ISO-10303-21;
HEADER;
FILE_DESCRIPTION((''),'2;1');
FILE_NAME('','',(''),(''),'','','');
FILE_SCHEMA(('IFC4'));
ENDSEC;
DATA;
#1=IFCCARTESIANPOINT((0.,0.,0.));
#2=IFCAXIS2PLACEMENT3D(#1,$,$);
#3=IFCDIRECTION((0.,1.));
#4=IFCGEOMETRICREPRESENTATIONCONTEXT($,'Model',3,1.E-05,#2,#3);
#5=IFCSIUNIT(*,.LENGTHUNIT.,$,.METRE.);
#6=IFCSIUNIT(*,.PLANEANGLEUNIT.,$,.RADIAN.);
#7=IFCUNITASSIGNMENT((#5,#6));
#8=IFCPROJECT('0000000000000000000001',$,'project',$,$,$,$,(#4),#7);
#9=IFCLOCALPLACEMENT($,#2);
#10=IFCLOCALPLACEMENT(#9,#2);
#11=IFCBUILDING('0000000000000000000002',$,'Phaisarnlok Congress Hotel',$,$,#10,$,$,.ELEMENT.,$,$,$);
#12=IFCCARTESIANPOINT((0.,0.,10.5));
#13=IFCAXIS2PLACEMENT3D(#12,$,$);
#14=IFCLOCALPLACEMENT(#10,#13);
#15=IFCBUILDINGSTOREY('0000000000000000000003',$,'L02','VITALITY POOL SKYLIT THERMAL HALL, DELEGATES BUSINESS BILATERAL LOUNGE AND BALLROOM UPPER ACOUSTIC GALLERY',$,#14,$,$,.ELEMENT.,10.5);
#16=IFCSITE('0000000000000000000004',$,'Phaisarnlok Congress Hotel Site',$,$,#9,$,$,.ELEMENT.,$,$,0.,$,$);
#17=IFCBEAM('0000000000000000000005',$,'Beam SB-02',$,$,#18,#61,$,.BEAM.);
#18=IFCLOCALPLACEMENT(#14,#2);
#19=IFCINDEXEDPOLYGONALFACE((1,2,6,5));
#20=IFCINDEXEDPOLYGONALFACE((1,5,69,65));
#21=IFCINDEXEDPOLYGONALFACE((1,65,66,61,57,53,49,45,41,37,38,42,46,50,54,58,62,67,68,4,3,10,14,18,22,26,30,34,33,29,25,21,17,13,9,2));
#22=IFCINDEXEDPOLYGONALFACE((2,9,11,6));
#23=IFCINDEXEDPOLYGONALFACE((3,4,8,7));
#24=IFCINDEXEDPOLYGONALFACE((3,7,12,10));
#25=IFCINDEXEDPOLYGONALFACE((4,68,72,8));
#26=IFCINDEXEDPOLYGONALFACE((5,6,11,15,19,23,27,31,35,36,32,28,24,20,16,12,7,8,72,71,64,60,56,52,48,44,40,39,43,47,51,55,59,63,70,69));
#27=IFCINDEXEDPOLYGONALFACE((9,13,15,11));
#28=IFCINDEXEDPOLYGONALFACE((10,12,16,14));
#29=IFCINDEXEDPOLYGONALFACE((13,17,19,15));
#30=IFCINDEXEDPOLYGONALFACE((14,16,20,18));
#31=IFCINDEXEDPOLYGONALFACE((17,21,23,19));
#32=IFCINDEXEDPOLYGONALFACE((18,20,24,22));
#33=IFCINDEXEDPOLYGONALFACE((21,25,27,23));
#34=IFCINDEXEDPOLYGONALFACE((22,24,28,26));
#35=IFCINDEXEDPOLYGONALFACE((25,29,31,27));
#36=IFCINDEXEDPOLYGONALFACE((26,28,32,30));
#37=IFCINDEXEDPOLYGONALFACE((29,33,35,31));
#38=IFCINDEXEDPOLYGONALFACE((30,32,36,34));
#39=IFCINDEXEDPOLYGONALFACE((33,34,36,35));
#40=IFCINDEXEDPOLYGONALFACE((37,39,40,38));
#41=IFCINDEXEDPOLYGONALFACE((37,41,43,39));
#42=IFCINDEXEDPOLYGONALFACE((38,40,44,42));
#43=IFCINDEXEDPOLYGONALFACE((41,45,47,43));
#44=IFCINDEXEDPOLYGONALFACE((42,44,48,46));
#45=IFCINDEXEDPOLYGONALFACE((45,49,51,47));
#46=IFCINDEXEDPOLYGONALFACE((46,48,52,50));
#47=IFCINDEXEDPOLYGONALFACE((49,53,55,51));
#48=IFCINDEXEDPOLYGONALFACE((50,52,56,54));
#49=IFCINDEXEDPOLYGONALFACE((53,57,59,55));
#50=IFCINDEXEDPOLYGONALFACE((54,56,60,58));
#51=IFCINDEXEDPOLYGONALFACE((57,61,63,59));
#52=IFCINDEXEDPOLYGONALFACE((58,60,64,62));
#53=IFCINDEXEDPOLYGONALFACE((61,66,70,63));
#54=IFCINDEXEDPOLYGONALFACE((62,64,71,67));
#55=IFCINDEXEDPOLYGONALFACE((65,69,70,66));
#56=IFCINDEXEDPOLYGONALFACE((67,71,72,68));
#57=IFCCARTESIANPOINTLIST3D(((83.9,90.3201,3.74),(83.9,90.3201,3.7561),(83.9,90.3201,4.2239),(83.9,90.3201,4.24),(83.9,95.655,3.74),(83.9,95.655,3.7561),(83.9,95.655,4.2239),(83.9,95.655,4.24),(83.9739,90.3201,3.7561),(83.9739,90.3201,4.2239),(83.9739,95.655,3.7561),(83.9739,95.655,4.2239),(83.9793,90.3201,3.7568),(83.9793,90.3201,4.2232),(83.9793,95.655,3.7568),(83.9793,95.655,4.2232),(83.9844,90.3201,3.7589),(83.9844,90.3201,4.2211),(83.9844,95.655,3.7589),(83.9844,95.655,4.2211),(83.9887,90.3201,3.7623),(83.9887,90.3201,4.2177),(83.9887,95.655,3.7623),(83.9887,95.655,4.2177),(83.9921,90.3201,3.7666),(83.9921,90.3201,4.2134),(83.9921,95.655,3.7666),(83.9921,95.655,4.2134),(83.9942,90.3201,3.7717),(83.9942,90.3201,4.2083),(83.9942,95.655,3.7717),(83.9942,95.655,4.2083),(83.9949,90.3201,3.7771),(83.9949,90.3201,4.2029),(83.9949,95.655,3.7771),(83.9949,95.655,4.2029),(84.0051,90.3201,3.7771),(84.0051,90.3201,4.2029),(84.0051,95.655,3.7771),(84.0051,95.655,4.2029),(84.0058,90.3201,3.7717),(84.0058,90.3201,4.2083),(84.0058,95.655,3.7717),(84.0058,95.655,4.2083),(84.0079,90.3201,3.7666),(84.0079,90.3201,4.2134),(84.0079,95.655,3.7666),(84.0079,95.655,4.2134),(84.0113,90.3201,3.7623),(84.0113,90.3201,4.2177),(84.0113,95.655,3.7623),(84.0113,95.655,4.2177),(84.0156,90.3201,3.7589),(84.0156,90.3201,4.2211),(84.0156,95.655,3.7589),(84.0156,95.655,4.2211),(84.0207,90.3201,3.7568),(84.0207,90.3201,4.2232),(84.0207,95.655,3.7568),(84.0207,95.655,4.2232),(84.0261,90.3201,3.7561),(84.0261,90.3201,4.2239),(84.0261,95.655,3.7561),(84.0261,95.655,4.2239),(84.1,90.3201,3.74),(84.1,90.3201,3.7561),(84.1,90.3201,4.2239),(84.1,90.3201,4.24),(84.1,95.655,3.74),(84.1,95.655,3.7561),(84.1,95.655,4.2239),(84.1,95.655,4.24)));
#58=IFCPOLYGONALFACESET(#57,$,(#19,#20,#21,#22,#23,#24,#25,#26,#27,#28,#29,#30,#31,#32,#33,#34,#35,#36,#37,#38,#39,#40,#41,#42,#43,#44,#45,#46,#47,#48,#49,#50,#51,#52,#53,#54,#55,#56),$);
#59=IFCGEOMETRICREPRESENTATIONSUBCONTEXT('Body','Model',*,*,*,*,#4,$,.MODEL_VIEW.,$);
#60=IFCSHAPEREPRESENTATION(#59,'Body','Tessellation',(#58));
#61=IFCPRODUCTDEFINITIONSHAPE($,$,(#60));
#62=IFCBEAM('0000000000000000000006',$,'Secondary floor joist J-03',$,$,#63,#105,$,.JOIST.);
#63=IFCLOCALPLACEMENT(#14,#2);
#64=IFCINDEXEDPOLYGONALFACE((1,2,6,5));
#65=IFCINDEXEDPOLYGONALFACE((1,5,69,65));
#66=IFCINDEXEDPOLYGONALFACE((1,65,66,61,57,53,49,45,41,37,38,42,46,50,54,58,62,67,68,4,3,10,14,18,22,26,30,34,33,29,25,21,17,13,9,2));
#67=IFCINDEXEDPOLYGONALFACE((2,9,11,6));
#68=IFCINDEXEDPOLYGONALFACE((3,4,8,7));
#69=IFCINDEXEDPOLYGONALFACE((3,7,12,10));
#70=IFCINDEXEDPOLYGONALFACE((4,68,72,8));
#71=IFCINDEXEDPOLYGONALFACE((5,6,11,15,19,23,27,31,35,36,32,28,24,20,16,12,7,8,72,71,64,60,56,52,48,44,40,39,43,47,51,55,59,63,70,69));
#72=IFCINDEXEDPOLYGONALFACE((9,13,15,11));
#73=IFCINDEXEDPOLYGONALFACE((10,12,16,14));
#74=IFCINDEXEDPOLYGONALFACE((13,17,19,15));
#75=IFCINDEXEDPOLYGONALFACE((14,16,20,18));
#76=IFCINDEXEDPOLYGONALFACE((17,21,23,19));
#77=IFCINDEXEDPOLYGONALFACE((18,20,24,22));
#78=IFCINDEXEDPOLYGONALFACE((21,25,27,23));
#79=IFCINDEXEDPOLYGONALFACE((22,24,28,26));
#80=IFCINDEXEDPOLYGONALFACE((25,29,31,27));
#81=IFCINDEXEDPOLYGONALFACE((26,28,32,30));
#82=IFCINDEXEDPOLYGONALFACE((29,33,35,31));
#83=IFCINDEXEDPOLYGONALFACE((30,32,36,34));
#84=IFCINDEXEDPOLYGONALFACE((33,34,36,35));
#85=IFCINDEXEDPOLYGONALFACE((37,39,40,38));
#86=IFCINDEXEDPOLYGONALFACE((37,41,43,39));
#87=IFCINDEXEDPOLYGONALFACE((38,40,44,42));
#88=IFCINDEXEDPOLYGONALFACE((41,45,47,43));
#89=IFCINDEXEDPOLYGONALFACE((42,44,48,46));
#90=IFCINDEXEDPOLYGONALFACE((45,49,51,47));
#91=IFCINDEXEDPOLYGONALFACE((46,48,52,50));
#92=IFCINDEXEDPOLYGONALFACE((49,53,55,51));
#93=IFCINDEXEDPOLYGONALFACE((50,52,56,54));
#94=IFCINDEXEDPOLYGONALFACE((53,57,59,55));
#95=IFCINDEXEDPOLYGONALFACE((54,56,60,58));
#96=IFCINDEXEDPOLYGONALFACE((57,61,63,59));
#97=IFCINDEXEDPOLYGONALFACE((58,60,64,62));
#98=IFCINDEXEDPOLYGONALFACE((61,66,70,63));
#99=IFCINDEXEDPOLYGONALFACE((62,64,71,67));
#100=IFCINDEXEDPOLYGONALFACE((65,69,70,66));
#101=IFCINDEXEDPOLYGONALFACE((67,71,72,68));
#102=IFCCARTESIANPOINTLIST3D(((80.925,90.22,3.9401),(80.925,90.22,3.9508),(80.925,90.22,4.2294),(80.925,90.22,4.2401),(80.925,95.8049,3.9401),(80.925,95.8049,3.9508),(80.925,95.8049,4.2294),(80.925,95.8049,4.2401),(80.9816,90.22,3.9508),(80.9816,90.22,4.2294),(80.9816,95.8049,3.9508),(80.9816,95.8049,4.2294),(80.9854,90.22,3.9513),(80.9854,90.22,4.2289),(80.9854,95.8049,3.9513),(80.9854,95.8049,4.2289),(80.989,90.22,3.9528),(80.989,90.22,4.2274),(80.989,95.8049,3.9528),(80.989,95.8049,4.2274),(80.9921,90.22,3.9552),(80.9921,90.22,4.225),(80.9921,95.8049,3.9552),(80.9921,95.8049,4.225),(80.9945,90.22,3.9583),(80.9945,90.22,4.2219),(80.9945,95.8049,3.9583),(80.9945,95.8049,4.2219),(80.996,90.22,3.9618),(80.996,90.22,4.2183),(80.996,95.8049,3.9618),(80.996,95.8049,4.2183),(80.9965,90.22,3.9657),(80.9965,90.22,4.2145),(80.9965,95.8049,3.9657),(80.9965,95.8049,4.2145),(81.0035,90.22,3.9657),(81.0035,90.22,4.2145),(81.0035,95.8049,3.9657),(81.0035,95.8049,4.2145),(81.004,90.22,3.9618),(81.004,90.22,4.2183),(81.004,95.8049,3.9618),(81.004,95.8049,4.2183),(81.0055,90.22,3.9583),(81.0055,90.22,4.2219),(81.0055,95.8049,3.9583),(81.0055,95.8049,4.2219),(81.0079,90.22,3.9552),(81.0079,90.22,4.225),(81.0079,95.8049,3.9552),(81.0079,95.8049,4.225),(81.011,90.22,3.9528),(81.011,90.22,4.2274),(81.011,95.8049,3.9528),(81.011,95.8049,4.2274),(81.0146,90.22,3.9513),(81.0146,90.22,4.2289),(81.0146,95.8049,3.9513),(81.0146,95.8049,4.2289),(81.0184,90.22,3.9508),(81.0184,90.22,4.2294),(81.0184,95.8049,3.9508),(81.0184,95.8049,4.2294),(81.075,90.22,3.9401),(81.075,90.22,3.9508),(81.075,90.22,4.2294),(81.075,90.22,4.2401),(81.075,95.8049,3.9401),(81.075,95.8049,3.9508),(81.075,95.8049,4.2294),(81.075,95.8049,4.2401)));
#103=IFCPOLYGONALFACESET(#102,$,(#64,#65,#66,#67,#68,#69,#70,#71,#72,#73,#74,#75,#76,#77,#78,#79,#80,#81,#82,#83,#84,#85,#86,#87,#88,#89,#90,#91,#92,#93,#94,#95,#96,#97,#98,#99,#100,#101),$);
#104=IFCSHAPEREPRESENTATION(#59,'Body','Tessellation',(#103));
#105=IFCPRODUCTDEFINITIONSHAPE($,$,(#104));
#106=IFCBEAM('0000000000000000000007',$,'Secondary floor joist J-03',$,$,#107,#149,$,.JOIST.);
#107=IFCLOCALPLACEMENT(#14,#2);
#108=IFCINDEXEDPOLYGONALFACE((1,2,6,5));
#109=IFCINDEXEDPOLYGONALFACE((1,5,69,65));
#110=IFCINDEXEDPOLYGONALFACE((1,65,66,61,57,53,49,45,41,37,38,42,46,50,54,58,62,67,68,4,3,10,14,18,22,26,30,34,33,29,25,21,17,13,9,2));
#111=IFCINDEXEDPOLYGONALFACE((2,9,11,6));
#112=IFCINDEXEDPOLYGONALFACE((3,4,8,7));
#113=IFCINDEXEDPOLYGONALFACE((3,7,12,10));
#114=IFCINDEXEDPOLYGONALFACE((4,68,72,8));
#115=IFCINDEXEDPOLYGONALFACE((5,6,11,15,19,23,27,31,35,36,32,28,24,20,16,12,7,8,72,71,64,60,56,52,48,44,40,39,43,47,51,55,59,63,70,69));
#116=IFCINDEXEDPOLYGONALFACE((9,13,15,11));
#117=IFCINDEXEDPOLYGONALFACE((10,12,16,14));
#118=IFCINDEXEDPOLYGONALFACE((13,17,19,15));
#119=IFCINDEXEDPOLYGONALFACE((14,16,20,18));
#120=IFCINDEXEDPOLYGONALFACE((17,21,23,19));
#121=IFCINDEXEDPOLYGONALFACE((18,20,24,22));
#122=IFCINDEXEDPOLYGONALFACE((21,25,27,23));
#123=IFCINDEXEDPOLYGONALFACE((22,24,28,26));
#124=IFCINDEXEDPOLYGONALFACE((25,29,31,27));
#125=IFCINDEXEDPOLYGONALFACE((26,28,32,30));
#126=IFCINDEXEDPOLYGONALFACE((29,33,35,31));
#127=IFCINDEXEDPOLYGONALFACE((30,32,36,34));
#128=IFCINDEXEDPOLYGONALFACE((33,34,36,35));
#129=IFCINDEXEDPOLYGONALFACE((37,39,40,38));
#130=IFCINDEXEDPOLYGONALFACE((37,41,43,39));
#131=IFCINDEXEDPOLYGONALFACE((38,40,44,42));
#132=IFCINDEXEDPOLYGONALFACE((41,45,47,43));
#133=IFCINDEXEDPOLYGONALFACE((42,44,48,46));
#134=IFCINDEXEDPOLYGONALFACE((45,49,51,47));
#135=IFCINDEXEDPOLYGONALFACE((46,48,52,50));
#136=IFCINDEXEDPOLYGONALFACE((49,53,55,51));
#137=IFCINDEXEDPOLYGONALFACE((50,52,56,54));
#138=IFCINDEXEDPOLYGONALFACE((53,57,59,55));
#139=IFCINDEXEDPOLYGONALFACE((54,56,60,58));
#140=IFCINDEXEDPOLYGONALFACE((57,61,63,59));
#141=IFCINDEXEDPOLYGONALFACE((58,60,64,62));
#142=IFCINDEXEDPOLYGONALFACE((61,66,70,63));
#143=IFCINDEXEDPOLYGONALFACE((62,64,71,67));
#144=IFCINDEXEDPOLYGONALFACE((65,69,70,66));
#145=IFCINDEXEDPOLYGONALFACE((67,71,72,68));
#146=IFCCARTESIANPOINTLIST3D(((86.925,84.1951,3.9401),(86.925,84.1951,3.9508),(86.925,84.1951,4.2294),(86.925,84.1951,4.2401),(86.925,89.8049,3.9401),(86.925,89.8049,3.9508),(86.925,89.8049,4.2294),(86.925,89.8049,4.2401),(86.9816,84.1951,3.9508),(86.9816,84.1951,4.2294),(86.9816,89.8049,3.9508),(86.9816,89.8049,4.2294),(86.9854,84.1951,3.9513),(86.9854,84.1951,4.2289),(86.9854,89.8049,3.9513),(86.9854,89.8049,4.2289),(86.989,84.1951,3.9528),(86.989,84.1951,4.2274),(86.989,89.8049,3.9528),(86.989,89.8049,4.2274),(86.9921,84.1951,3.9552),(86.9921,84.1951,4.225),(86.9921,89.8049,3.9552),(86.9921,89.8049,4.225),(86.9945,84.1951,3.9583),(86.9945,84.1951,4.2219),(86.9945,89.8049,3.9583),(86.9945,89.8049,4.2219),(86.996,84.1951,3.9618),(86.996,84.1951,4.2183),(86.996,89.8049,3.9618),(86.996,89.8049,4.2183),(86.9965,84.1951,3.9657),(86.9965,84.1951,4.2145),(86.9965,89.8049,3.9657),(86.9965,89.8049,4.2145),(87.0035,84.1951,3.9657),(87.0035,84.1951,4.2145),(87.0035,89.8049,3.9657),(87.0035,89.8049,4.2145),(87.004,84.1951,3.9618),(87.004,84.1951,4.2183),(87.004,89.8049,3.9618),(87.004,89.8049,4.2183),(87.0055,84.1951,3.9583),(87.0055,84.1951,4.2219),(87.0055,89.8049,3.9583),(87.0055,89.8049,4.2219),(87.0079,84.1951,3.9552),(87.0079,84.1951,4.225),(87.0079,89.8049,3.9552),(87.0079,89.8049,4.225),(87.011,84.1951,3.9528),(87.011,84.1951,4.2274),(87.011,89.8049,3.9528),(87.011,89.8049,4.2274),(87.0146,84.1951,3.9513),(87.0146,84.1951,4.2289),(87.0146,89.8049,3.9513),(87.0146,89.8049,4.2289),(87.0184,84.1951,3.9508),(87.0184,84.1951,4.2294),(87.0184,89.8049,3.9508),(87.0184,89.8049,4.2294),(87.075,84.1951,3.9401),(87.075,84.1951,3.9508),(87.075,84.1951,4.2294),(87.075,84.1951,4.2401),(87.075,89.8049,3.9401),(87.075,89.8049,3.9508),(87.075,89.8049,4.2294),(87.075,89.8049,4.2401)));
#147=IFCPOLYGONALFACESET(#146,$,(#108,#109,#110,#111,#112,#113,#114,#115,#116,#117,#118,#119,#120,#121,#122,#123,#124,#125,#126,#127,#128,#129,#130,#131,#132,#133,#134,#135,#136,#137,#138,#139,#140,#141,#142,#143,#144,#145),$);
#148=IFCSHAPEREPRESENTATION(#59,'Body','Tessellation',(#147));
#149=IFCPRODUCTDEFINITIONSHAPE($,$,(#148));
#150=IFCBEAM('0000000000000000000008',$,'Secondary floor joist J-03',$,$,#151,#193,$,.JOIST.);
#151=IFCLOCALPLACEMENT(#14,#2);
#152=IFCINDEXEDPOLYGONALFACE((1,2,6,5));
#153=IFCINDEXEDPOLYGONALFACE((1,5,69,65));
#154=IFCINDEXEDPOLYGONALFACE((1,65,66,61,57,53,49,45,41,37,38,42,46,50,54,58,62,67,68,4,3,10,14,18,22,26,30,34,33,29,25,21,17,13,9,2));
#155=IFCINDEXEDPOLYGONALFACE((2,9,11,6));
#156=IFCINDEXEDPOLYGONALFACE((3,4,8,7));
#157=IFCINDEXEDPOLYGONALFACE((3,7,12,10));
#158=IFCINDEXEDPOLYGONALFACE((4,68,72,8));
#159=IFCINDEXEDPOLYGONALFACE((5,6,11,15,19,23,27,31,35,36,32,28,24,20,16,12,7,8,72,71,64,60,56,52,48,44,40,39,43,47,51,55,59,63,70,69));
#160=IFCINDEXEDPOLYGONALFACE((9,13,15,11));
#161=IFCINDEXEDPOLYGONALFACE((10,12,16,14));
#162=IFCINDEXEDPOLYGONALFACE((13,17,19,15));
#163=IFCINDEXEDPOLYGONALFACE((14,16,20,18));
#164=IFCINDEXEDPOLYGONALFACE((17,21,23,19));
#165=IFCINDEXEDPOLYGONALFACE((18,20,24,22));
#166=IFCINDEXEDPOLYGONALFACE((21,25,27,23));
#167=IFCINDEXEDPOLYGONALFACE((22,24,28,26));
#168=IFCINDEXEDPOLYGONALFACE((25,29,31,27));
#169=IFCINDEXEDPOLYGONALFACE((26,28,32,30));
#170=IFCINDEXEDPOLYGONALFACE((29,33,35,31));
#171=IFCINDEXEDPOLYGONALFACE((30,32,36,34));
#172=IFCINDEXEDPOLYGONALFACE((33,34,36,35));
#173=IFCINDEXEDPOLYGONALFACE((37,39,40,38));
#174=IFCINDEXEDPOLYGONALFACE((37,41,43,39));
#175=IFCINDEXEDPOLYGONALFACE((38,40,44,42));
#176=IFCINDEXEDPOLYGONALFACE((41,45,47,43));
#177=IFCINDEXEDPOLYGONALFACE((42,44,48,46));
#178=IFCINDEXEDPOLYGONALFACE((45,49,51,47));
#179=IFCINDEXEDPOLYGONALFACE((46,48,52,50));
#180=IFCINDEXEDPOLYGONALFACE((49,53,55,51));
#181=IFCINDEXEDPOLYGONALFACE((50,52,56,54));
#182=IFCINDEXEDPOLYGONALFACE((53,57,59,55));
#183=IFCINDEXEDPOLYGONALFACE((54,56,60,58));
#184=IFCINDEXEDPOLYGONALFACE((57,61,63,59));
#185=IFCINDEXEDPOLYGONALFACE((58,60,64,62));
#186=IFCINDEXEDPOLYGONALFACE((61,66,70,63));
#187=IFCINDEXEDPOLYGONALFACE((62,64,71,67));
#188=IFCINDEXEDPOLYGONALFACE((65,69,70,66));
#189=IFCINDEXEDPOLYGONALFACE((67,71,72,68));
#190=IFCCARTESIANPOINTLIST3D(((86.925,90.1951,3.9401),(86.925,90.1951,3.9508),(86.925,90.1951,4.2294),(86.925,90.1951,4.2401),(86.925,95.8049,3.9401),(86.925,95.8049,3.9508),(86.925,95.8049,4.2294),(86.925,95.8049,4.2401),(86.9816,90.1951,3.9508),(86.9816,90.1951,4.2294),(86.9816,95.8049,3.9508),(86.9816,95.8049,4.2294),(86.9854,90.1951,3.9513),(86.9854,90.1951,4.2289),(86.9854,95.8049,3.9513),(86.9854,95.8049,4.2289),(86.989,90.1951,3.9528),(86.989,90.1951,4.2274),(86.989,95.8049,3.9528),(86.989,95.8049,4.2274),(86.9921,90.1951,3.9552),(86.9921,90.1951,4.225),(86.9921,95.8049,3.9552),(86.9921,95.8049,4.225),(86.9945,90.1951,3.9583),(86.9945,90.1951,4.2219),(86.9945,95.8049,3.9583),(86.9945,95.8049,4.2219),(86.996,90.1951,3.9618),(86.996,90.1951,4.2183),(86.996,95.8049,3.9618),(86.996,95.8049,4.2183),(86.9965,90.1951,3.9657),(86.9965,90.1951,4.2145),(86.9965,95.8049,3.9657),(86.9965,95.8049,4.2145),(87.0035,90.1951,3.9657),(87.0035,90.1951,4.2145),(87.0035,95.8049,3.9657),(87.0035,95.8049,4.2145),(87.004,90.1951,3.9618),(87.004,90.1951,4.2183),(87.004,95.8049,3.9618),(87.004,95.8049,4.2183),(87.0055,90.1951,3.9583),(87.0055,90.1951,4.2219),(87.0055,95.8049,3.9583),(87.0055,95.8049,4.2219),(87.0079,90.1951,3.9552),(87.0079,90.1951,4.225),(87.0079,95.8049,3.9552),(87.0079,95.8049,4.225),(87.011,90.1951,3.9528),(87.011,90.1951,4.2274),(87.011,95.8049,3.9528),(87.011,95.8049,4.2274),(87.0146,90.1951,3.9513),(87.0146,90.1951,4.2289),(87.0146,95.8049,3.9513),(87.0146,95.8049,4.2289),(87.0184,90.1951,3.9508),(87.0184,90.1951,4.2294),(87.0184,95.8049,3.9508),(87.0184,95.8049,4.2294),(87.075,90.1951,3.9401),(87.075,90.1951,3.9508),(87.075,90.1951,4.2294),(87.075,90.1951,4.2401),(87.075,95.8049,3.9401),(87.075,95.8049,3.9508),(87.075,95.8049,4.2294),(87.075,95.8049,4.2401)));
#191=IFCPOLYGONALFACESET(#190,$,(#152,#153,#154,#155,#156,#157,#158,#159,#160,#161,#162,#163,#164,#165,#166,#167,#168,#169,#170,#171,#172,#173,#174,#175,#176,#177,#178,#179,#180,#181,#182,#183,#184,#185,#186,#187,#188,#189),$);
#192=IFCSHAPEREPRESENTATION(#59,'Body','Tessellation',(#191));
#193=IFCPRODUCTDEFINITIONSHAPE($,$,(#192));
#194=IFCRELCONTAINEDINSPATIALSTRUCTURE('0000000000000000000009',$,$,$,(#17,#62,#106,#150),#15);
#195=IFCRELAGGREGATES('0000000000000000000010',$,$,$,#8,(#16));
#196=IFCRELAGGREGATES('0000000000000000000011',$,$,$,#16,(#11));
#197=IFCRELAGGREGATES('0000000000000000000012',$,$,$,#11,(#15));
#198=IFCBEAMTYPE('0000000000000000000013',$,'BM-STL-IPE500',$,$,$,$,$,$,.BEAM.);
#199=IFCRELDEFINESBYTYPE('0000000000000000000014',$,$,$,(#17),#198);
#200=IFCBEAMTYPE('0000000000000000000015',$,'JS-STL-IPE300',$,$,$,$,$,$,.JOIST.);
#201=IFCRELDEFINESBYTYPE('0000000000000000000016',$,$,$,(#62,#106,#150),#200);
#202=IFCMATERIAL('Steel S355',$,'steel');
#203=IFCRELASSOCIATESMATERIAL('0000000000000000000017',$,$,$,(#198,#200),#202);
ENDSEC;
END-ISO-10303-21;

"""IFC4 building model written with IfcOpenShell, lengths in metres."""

from ifc_helpers import new_model, si_unit, direction, frame, origin, origin_2d, place, context, subcontext, project, spatial, i_section, extrude, material, material_profile, profile_set, type_object, element, save


model = new_model("IFC4")

# Units and contexts
model_context = context("Model", 3, precision=1e-05, world=origin(), true_north=direction((0.0, 1.0)))
body_context = subcontext(model_context, "Body", "Model", "MODEL_VIEW")
ifc_project = project(units=[si_unit("LENGTHUNIT", "METRE"), si_unit("PLANEANGLEUNIT", "RADIAN")], contexts=[model_context])

# Site, building, storey
site_placement = place(None, origin())
site = spatial("IfcSite", under=ifc_project, at=site_placement, Name="Phaisarnlok Congress Hotel Site", CompositionType="ELEMENT", RefElevation=0.0)
building_placement = place(site_placement, origin())
building = spatial("IfcBuilding", under=site, at=building_placement, Name="Phaisarnlok Congress Hotel", CompositionType="ELEMENT")
storey_placement = place(building_placement, frame((0.0, 0.0, 10.5)))
storey = spatial("IfcBuildingStorey", under=building, at=storey_placement, Name="L02", Description="VITALITY POOL SKYLIT THERMAL HALL, DELEGATES BUSINESS BILATERAL LOUNGE AND BALLROOM UPPER ACOUSTIC GALLERY", CompositionType="ELEMENT", Elevation=10.5)

# Shared definitions
ifc_material_1 = material(Name="Steel S355", Category="steel")

# Beams
ifc_material_profile_1 = material_profile(ifc_material_1, i_section(OverallWidth=0.2, OverallDepth=0.5, WebThickness=0.0103, FlangeThickness=0.0161, FilletRadius=0.021, at=origin_2d()), Name="IPE 500")
ifc_profile_set_1 = profile_set([ifc_material_profile_1], Name="Steel S355")
beam_type_1 = type_object("IfcBeamType", Name="BM-STL-IPE500", PredefinedType="BEAM", material=ifc_profile_set_1)
beam_1_placement = place(storey_placement, frame((84.0, 90.3201, 3.99), z_axis=(0.0, 1.0, 0.0), x_axis=(-1.0, 0.0, 0.0)))
element("IfcBeam", 1, at=beam_1_placement, inside=storey, type_object=beam_type_1, Name="Beam SB-02", PredefinedType="BEAM", context=body_context, shape_type="SweptSolid", body=[
    extrude(i_section(OverallWidth=0.2, OverallDepth=0.5, WebThickness=0.0103, FlangeThickness=0.0161, FilletRadius=0.021, at=origin_2d()), origin(), (0.0, 0.0, 1.0), 5.335),
])
ifc_material_profile_2 = material_profile(ifc_material_1, i_section(OverallWidth=0.1499, OverallDepth=0.3, WebThickness=0.0071, FlangeThickness=0.0107, FilletRadius=0.0149, at=origin_2d()), Name="IPE 300")
ifc_profile_set_2 = profile_set([ifc_material_profile_2], Name="Steel S355")
beam_type_2 = type_object("IfcBeamType", Name="JS-STL-IPE300", PredefinedType="JOIST", material=ifc_profile_set_2)
beam_2_placement = place(storey_placement, frame((81.0, 90.22, 4.0901), z_axis=(0.0, 1.0, 0.0), x_axis=(-1.0, 0.0, 0.0)))
element("IfcBeam", 2, at=beam_2_placement, inside=storey, type_object=beam_type_2, Name="Secondary floor joist J-03", PredefinedType="JOIST", context=body_context, shape_type="SweptSolid", body=[
    extrude(i_section(OverallWidth=0.1499, OverallDepth=0.3, WebThickness=0.0071, FlangeThickness=0.0107, FilletRadius=0.0149, at=origin_2d()), origin(), (0.0, 0.0, 1.0), 5.585),
])
for number, where, z_axis, x_axis, name in (
    (3, (87.0, 84.1951, 4.0901), (0.0, 1.0, 0.0), (-1.0, 0.0, 0.0), "Secondary floor joist J-03"),
    (4, (87.0, 90.1951, 4.0901), (0.0, 1.0, 0.0), (-1.0, 0.0, 0.0), "Secondary floor joist J-03"),
):
    element("IfcBeam", number, at=place(storey_placement, frame(where, z_axis=z_axis, x_axis=x_axis)), inside=storey, type_object=beam_type_2, Name=name, PredefinedType="JOIST", context=body_context, shape_type="SweptSolid", body=[
        extrude(i_section(OverallWidth=0.1499, OverallDepth=0.3, WebThickness=0.0071, FlangeThickness=0.0107, FilletRadius=0.0149, at=origin_2d()), origin(), (0.0, 0.0, 1.0), 5.6099),
    ])

save(model, "model.ifc")
